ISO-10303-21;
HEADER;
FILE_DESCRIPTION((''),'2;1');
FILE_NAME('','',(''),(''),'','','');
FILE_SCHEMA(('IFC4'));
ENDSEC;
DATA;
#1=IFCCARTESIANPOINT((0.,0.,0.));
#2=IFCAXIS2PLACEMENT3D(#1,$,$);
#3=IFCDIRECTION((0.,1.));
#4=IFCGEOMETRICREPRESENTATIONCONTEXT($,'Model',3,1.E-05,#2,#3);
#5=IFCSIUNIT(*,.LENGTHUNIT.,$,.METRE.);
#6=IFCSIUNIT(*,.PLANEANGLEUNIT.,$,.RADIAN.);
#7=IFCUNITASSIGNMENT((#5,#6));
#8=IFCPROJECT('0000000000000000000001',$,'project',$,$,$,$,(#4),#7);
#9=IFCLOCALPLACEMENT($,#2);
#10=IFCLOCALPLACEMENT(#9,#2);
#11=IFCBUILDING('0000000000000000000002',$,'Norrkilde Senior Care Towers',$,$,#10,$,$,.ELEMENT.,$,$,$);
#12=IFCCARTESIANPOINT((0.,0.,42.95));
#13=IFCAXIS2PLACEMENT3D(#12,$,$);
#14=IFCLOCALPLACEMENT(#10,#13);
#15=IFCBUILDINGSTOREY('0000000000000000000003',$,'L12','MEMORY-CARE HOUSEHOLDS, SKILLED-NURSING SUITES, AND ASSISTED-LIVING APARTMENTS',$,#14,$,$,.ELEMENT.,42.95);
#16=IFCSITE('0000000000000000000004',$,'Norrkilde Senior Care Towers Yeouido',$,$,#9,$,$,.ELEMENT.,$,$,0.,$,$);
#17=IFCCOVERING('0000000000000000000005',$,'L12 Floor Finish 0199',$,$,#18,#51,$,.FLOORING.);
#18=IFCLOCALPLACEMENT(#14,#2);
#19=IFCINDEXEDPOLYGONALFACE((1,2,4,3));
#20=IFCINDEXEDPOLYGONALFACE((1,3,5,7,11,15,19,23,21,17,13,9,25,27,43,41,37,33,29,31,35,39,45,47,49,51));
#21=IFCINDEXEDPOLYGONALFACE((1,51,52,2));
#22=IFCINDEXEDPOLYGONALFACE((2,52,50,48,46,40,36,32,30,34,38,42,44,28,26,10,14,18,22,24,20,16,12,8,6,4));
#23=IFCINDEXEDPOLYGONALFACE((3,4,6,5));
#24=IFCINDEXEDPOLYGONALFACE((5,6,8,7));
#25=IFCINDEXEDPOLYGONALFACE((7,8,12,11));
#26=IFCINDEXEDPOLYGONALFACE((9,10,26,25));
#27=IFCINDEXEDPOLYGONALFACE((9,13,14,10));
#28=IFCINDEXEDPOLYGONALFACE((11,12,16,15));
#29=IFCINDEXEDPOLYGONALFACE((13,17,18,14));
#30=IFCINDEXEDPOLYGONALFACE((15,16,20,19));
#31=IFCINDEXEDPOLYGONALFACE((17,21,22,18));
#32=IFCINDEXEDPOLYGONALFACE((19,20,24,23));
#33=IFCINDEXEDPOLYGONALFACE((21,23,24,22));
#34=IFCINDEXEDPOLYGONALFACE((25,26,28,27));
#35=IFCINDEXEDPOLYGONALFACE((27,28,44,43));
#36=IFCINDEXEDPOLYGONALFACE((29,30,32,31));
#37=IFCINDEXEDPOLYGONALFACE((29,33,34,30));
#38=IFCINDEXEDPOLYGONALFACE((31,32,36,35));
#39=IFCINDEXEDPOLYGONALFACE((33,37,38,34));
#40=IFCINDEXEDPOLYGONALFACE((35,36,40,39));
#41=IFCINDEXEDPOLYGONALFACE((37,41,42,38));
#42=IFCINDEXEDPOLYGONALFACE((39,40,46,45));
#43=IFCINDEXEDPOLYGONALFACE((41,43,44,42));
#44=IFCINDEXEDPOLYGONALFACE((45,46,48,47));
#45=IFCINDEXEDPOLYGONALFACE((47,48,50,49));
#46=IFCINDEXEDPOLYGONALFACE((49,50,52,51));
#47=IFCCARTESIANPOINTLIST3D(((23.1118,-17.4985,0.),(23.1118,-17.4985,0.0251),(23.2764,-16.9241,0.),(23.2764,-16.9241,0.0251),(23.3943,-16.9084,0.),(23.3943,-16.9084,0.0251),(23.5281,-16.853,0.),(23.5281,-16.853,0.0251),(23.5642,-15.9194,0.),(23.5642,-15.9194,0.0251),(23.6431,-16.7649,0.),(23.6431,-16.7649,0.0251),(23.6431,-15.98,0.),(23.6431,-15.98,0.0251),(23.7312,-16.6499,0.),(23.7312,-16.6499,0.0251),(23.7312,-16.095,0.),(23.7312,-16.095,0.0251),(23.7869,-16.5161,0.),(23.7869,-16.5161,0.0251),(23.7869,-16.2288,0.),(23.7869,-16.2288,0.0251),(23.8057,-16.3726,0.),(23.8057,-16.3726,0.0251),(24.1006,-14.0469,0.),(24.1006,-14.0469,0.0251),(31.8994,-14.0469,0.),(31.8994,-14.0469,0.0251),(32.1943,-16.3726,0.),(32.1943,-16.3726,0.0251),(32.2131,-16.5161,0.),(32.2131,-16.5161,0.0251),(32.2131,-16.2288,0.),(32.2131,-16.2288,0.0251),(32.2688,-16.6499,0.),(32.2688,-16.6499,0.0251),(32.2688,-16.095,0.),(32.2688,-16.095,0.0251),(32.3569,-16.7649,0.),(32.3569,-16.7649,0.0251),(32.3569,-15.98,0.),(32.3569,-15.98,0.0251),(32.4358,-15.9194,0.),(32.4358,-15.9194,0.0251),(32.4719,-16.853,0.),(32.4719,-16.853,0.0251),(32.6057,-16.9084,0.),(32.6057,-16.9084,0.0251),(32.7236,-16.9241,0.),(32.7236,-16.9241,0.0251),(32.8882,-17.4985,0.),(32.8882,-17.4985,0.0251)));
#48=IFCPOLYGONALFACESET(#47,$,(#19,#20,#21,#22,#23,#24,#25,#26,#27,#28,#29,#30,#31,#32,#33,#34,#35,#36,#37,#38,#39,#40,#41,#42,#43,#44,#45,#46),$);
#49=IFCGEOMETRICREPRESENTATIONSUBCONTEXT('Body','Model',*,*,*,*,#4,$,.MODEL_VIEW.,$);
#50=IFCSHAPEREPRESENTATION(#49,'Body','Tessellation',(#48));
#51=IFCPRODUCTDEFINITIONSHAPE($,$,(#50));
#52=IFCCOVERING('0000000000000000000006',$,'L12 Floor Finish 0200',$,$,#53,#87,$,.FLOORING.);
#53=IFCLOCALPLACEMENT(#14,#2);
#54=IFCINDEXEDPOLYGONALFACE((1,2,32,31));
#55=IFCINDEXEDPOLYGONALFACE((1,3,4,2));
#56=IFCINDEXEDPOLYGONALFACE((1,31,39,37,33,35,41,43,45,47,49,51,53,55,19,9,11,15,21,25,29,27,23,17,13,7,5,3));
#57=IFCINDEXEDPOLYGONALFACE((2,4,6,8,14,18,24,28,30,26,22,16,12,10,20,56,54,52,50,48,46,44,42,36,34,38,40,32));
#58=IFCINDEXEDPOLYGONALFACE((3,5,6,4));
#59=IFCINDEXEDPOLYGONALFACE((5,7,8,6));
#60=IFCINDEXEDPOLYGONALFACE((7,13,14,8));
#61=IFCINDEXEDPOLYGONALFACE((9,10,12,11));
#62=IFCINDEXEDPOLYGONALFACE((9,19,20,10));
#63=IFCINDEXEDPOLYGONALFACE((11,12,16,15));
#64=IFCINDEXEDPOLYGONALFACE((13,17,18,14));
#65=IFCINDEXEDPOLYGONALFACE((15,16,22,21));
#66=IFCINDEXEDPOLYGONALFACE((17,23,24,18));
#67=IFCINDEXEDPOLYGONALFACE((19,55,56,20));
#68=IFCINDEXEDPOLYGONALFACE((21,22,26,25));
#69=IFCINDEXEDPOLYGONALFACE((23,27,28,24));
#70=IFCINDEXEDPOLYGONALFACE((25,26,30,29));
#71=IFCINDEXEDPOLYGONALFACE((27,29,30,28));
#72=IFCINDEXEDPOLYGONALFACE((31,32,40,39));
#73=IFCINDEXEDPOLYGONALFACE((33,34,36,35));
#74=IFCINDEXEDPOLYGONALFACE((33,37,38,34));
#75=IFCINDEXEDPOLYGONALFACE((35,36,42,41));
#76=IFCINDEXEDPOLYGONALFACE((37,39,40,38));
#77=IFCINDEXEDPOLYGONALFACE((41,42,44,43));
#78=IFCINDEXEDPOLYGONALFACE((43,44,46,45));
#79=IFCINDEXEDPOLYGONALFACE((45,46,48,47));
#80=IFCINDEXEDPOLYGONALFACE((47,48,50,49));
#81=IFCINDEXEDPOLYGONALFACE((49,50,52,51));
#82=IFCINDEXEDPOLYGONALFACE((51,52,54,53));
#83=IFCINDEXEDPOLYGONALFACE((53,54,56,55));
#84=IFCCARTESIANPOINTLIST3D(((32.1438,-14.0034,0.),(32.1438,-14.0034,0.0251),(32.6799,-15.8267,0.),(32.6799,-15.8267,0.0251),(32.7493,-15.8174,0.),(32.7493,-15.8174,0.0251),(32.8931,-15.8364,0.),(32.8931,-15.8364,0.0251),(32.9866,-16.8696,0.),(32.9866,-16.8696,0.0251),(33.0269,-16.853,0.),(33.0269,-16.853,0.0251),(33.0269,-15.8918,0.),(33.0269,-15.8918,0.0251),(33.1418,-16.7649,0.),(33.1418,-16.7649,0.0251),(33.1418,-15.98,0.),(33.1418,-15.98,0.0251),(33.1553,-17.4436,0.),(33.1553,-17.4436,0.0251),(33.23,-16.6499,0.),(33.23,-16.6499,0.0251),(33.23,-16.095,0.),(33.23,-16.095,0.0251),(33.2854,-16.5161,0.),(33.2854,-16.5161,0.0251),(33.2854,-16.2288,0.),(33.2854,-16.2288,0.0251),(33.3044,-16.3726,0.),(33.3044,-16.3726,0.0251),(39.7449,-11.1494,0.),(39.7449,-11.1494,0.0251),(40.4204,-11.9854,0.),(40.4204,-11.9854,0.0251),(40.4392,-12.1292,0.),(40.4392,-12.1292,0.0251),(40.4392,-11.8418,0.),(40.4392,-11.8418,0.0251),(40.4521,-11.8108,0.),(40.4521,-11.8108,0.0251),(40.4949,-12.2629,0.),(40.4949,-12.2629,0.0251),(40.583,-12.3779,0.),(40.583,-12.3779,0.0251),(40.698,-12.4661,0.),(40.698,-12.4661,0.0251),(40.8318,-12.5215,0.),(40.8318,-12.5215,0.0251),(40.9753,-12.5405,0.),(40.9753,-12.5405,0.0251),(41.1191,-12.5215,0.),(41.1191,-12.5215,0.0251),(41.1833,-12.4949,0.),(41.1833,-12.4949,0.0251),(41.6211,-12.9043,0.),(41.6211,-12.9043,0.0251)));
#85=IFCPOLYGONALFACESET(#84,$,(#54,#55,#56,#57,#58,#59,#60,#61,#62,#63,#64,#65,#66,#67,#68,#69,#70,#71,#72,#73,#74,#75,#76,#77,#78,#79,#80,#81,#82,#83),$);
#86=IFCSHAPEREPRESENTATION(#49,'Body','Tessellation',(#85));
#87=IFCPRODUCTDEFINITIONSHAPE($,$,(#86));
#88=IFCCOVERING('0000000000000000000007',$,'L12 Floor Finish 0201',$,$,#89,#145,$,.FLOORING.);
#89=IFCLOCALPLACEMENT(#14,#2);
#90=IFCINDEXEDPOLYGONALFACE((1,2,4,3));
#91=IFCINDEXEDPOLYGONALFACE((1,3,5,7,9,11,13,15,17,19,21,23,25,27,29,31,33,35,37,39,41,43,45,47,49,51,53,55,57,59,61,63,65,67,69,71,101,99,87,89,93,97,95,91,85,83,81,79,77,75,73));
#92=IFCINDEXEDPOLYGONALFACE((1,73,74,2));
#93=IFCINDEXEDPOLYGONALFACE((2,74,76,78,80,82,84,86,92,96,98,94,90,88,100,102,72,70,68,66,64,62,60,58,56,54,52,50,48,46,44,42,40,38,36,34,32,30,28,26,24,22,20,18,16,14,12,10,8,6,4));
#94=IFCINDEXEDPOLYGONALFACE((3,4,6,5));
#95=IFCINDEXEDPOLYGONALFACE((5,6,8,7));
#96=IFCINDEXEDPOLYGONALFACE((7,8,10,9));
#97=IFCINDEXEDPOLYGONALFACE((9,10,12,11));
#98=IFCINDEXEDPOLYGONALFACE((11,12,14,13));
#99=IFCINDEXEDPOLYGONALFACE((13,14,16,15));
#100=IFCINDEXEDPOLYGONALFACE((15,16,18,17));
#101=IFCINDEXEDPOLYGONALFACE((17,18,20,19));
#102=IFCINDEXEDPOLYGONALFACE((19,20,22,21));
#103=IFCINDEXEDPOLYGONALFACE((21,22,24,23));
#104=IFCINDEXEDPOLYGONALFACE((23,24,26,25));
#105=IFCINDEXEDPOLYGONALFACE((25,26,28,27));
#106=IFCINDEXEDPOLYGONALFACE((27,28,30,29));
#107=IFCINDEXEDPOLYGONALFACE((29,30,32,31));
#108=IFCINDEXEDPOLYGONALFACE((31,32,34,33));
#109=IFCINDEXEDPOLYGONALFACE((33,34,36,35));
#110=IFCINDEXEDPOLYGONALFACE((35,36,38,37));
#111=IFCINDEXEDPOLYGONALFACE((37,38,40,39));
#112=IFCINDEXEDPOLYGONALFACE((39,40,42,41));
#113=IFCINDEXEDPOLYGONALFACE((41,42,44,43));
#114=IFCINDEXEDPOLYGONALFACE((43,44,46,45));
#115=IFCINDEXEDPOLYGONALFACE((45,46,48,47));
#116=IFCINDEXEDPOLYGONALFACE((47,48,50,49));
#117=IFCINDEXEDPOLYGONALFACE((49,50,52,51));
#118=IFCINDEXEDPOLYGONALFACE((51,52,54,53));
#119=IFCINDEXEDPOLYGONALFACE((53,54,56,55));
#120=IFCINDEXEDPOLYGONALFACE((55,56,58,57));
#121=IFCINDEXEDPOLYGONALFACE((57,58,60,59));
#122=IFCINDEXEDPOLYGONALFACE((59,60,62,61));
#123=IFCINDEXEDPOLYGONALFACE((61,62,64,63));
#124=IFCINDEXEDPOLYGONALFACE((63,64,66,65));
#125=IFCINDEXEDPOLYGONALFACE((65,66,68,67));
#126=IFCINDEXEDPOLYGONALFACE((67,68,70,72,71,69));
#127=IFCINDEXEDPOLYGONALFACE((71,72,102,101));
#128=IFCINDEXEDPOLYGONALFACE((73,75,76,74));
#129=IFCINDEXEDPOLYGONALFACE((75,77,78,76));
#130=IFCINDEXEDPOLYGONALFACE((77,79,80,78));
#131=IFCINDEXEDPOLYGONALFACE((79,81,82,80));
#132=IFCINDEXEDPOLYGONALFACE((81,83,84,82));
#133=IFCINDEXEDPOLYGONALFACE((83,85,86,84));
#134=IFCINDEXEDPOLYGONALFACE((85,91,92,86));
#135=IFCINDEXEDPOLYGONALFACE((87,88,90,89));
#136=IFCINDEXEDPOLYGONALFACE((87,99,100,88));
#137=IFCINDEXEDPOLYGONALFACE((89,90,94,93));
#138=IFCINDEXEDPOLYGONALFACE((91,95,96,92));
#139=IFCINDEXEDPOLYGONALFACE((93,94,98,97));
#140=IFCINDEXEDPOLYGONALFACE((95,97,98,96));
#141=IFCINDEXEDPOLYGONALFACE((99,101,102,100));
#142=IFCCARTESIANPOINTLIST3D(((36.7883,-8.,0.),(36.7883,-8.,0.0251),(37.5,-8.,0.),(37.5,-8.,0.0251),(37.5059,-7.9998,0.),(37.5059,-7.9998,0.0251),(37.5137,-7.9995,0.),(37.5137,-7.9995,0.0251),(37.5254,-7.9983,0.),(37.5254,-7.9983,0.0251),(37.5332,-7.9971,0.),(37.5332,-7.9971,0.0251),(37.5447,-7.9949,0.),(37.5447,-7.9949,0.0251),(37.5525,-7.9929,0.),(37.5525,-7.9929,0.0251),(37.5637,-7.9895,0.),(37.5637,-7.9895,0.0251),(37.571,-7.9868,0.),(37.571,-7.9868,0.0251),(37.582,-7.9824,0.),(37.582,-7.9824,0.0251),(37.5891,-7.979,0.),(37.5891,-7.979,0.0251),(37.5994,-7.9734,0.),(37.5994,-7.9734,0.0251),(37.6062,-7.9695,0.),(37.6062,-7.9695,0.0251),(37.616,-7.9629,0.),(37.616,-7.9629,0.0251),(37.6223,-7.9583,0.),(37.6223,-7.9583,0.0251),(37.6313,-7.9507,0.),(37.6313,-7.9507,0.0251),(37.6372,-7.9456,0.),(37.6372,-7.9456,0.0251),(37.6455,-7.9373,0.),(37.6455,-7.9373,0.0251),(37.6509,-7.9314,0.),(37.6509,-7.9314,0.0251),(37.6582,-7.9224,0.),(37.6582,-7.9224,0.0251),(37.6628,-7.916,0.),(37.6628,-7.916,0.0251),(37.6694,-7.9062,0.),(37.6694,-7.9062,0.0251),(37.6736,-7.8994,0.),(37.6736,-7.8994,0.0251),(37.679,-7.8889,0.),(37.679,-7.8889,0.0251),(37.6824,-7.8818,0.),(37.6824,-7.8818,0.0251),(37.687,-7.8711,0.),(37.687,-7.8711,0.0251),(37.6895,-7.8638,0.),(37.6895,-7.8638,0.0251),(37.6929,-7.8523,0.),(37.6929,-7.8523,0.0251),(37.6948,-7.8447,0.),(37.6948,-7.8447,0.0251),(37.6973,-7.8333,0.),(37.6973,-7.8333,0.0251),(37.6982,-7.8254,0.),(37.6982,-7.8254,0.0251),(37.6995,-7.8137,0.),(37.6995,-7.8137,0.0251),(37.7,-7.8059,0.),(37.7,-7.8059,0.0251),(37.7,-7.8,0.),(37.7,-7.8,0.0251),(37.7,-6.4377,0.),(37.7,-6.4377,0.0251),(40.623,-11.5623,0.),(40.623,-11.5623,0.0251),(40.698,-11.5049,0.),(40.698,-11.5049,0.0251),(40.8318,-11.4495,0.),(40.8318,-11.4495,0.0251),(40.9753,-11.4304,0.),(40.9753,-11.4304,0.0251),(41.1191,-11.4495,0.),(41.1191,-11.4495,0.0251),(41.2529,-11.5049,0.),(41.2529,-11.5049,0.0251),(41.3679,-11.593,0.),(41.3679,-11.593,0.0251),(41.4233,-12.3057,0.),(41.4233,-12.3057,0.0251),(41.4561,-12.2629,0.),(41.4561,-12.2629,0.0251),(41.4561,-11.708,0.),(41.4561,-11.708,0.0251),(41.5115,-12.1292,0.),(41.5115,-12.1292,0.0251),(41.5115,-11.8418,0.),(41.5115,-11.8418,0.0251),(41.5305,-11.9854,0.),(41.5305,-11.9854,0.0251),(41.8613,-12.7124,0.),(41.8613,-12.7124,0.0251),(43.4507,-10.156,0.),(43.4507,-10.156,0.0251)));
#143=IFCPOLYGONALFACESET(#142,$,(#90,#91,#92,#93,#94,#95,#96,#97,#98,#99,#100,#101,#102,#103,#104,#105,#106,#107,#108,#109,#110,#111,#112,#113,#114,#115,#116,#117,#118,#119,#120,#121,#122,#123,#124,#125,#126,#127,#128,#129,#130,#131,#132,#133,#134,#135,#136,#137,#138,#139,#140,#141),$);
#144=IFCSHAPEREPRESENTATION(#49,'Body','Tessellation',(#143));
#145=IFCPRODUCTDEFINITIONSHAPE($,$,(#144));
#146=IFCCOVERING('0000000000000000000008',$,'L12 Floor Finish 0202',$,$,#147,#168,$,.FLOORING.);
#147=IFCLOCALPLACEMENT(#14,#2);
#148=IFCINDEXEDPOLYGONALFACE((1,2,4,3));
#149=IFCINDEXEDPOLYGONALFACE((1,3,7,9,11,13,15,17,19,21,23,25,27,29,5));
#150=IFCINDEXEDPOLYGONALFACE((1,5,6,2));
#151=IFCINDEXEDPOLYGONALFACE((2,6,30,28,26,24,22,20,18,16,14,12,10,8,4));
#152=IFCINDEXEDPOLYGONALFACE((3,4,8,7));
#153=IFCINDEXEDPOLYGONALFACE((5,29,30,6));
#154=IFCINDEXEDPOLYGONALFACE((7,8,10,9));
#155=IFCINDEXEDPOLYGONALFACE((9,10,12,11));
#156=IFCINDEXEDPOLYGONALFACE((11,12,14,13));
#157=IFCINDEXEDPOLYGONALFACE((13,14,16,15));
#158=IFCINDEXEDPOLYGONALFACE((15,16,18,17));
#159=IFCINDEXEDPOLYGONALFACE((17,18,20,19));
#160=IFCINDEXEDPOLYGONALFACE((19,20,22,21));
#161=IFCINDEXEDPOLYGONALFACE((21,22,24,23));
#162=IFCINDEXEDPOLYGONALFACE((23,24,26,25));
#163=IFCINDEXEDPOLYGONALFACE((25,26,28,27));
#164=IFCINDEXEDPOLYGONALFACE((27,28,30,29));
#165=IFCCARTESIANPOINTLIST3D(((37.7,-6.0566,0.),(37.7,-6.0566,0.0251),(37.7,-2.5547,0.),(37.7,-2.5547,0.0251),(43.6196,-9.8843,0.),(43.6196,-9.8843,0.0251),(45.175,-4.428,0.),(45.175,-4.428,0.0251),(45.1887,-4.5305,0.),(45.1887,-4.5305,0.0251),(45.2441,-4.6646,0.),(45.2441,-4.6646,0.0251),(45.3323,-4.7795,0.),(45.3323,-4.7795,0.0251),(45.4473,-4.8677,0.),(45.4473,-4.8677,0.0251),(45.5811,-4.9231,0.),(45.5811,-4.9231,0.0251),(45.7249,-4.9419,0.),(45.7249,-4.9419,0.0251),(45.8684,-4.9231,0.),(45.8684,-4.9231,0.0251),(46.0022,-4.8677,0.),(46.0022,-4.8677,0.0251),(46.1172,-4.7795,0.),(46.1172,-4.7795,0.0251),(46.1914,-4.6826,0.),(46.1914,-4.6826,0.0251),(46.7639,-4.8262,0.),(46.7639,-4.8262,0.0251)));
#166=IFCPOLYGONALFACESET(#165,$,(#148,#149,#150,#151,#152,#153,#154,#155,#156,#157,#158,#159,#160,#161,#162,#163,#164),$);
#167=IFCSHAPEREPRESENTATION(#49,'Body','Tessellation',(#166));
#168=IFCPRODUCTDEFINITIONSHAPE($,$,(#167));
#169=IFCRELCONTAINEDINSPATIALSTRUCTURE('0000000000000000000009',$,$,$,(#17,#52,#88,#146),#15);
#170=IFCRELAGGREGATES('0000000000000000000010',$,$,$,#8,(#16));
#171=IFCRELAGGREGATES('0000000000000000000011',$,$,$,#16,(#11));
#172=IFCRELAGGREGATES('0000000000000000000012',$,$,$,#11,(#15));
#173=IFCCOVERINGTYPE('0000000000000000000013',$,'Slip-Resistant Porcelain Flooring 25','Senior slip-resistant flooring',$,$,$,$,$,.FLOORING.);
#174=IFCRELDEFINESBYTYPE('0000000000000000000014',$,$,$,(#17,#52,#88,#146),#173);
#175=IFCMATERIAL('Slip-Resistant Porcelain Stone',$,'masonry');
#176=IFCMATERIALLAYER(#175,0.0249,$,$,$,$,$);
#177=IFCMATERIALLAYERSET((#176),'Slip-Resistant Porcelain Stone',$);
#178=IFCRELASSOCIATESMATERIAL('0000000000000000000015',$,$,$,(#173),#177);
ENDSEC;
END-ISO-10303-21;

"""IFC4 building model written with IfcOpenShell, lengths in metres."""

from ifc_helpers import new_model, si_unit, direction, frame, origin, place, context, subcontext, project, spatial, polyline, outline, extrude, material, layer, layer_set, type_object, element, save


model = new_model("IFC4")

# Units and contexts
model_context = context("Model", 3, precision=1e-05, world=origin(), true_north=direction((0.0, 1.0)))
body_context = subcontext(model_context, "Body", "Model", "MODEL_VIEW")
ifc_project = project(units=[si_unit("LENGTHUNIT", "METRE"), si_unit("PLANEANGLEUNIT", "RADIAN")], contexts=[model_context])

# Site, building, storey
site_placement = place(None, origin())
site = spatial("IfcSite", under=ifc_project, at=site_placement, Name="Norrkilde Senior Care Towers Yeouido", CompositionType="ELEMENT", RefElevation=0.0)
building_placement = place(site_placement, origin())
building = spatial("IfcBuilding", under=site, at=building_placement, Name="Norrkilde Senior Care Towers", CompositionType="ELEMENT")
storey_placement = place(building_placement, frame((0.0, 0.0, 42.95)))
storey = spatial("IfcBuildingStorey", under=building, at=storey_placement, Name="L12", Description="MEMORY-CARE HOUSEHOLDS, SKILLED-NURSING SUITES, AND ASSISTED-LIVING APARTMENTS", CompositionType="ELEMENT", Elevation=42.95)

# Coverings
ifc_material_1 = material(Name="Slip-Resistant Porcelain Stone", Category="masonry")
ifc_layer_1 = layer(ifc_material_1, 0.0249)
ifc_layer_set_1 = layer_set([ifc_layer_1], Name="Slip-Resistant Porcelain Stone")
covering_type_1 = type_object("IfcCoveringType", Name="Slip-Resistant Porcelain Flooring 25", Description="Senior slip-resistant flooring", PredefinedType="FLOORING", material=ifc_layer_set_1)
covering_1_placement = place(storey_placement, origin())
element("IfcCovering", 1, at=covering_1_placement, inside=storey, type_object=covering_type_1, Name="L12 Floor Finish 0199", PredefinedType="FLOORING", context=body_context, shape_type="SweptSolid", body=[
    extrude(outline(polyline([(23.2764, -16.9241), (23.3943, -16.9084), (23.5281, -16.853), (23.6431, -16.7649), (23.7312, -16.6499), (23.7869, -16.5161), (23.8057, -16.3726), (23.7869, -16.2288), (23.7312, -16.095), (23.6431, -15.98), (23.5642, -15.9194), (24.1006, -14.0469), (31.8994, -14.0469), (32.4358, -15.9194), (32.3569, -15.98), (32.2688, -16.095), (32.2131, -16.2288), (32.1943, -16.3726), (32.2131, -16.5161), (32.2688, -16.6499), (32.3569, -16.7649), (32.4719, -16.853), (32.6057, -16.9084), (32.7236, -16.9241), (32.8882, -17.4985), (23.1118, -17.4985), (23.2764, -16.9241)])), origin(), (0.0, 0.0, 1.0), 0.0251),
])
covering_2_placement = place(storey_placement, origin())
element("IfcCovering", 2, at=covering_2_placement, inside=storey, type_object=covering_type_1, Name="L12 Floor Finish 0200", PredefinedType="FLOORING", context=body_context, shape_type="SweptSolid", body=[
    extrude(outline(polyline([(33.1553, -17.4436), (32.9866, -16.8696), (33.0269, -16.853), (33.1418, -16.7649), (33.23, -16.6499), (33.2854, -16.5161), (33.3044, -16.3726), (33.2854, -16.2288), (33.23, -16.095), (33.1418, -15.98), (33.0269, -15.8918), (32.8931, -15.8364), (32.7493, -15.8174), (32.6799, -15.8267), (32.1438, -14.0034), (39.7449, -11.1494), (40.4521, -11.8108), (40.4392, -11.8418), (40.4204, -11.9854), (40.4392, -12.1292), (40.4949, -12.2629), (40.583, -12.3779), (40.698, -12.4661), (40.8318, -12.5215), (40.9753, -12.5405), (41.1191, -12.5215), (41.1833, -12.4949), (41.6211, -12.9043), (33.1553, -17.4436)])), origin(), (0.0, 0.0, 1.0), 0.0251),
])
covering_3_placement = place(storey_placement, origin())
element("IfcCovering", 3, at=covering_3_placement, inside=storey, type_object=covering_type_1, Name="L12 Floor Finish 0201", PredefinedType="FLOORING", context=body_context, shape_type="SweptSolid", body=[
    extrude(outline(polyline([(37.5332, -7.9971), (37.5447, -7.9949), (37.5525, -7.9929), (37.5637, -7.9895), (37.571, -7.9868), (37.582, -7.9824), (37.5891, -7.979), (37.5994, -7.9734), (37.6062, -7.9695), (37.616, -7.9629), (37.6223, -7.9583), (37.6313, -7.9507), (37.6372, -7.9456), (37.6455, -7.9373), (37.6509, -7.9314), (37.6582, -7.9224), (37.6628, -7.916), (37.6694, -7.9062), (37.6736, -7.8994), (37.679, -7.8889), (37.6824, -7.8818), (37.687, -7.8711), (37.6895, -7.8638), (37.6929, -7.8523), (37.6948, -7.8447), (37.6973, -7.8333), (37.6982, -7.8254), (37.6995, -7.8137), (37.7, -7.8059), (37.7, -7.8), (37.7, -6.4377), (43.4507, -10.156), (41.8613, -12.7124), (41.4233, -12.3057), (41.4561, -12.2629), (41.5115, -12.1292), (41.5305, -11.9854), (41.5115, -11.8418), (41.4561, -11.708), (41.3679, -11.593), (41.2529, -11.5049), (41.1191, -11.4495), (40.9753, -11.4304), (40.8318, -11.4495), (40.698, -11.5049), (40.623, -11.5623), (36.7883, -8.0), (37.5, -8.0), (37.5059, -7.9998), (37.5137, -7.9995), (37.5254, -7.9983), (37.5332, -7.9971)])), origin(), (0.0, 0.0, 1.0), 0.0251),
])
covering_4_placement = place(storey_placement, origin())
element("IfcCovering", 4, at=covering_4_placement, inside=storey, type_object=covering_type_1, Name="L12 Floor Finish 0202", PredefinedType="FLOORING", context=body_context, shape_type="SweptSolid", body=[
    extrude(outline(polyline([(45.175, -4.428), (45.1887, -4.5305), (45.2441, -4.6646), (45.3323, -4.7795), (45.4473, -4.8677), (45.5811, -4.9231), (45.7249, -4.9419), (45.8684, -4.9231), (46.0022, -4.8677), (46.1172, -4.7795), (46.1914, -4.6826), (46.7639, -4.8262), (43.6196, -9.8843), (37.7, -6.0566), (37.7, -2.5547), (45.175, -4.428)])), origin(), (0.0, 0.0, 1.0), 0.0251),
])

save(model, "model.ifc")
